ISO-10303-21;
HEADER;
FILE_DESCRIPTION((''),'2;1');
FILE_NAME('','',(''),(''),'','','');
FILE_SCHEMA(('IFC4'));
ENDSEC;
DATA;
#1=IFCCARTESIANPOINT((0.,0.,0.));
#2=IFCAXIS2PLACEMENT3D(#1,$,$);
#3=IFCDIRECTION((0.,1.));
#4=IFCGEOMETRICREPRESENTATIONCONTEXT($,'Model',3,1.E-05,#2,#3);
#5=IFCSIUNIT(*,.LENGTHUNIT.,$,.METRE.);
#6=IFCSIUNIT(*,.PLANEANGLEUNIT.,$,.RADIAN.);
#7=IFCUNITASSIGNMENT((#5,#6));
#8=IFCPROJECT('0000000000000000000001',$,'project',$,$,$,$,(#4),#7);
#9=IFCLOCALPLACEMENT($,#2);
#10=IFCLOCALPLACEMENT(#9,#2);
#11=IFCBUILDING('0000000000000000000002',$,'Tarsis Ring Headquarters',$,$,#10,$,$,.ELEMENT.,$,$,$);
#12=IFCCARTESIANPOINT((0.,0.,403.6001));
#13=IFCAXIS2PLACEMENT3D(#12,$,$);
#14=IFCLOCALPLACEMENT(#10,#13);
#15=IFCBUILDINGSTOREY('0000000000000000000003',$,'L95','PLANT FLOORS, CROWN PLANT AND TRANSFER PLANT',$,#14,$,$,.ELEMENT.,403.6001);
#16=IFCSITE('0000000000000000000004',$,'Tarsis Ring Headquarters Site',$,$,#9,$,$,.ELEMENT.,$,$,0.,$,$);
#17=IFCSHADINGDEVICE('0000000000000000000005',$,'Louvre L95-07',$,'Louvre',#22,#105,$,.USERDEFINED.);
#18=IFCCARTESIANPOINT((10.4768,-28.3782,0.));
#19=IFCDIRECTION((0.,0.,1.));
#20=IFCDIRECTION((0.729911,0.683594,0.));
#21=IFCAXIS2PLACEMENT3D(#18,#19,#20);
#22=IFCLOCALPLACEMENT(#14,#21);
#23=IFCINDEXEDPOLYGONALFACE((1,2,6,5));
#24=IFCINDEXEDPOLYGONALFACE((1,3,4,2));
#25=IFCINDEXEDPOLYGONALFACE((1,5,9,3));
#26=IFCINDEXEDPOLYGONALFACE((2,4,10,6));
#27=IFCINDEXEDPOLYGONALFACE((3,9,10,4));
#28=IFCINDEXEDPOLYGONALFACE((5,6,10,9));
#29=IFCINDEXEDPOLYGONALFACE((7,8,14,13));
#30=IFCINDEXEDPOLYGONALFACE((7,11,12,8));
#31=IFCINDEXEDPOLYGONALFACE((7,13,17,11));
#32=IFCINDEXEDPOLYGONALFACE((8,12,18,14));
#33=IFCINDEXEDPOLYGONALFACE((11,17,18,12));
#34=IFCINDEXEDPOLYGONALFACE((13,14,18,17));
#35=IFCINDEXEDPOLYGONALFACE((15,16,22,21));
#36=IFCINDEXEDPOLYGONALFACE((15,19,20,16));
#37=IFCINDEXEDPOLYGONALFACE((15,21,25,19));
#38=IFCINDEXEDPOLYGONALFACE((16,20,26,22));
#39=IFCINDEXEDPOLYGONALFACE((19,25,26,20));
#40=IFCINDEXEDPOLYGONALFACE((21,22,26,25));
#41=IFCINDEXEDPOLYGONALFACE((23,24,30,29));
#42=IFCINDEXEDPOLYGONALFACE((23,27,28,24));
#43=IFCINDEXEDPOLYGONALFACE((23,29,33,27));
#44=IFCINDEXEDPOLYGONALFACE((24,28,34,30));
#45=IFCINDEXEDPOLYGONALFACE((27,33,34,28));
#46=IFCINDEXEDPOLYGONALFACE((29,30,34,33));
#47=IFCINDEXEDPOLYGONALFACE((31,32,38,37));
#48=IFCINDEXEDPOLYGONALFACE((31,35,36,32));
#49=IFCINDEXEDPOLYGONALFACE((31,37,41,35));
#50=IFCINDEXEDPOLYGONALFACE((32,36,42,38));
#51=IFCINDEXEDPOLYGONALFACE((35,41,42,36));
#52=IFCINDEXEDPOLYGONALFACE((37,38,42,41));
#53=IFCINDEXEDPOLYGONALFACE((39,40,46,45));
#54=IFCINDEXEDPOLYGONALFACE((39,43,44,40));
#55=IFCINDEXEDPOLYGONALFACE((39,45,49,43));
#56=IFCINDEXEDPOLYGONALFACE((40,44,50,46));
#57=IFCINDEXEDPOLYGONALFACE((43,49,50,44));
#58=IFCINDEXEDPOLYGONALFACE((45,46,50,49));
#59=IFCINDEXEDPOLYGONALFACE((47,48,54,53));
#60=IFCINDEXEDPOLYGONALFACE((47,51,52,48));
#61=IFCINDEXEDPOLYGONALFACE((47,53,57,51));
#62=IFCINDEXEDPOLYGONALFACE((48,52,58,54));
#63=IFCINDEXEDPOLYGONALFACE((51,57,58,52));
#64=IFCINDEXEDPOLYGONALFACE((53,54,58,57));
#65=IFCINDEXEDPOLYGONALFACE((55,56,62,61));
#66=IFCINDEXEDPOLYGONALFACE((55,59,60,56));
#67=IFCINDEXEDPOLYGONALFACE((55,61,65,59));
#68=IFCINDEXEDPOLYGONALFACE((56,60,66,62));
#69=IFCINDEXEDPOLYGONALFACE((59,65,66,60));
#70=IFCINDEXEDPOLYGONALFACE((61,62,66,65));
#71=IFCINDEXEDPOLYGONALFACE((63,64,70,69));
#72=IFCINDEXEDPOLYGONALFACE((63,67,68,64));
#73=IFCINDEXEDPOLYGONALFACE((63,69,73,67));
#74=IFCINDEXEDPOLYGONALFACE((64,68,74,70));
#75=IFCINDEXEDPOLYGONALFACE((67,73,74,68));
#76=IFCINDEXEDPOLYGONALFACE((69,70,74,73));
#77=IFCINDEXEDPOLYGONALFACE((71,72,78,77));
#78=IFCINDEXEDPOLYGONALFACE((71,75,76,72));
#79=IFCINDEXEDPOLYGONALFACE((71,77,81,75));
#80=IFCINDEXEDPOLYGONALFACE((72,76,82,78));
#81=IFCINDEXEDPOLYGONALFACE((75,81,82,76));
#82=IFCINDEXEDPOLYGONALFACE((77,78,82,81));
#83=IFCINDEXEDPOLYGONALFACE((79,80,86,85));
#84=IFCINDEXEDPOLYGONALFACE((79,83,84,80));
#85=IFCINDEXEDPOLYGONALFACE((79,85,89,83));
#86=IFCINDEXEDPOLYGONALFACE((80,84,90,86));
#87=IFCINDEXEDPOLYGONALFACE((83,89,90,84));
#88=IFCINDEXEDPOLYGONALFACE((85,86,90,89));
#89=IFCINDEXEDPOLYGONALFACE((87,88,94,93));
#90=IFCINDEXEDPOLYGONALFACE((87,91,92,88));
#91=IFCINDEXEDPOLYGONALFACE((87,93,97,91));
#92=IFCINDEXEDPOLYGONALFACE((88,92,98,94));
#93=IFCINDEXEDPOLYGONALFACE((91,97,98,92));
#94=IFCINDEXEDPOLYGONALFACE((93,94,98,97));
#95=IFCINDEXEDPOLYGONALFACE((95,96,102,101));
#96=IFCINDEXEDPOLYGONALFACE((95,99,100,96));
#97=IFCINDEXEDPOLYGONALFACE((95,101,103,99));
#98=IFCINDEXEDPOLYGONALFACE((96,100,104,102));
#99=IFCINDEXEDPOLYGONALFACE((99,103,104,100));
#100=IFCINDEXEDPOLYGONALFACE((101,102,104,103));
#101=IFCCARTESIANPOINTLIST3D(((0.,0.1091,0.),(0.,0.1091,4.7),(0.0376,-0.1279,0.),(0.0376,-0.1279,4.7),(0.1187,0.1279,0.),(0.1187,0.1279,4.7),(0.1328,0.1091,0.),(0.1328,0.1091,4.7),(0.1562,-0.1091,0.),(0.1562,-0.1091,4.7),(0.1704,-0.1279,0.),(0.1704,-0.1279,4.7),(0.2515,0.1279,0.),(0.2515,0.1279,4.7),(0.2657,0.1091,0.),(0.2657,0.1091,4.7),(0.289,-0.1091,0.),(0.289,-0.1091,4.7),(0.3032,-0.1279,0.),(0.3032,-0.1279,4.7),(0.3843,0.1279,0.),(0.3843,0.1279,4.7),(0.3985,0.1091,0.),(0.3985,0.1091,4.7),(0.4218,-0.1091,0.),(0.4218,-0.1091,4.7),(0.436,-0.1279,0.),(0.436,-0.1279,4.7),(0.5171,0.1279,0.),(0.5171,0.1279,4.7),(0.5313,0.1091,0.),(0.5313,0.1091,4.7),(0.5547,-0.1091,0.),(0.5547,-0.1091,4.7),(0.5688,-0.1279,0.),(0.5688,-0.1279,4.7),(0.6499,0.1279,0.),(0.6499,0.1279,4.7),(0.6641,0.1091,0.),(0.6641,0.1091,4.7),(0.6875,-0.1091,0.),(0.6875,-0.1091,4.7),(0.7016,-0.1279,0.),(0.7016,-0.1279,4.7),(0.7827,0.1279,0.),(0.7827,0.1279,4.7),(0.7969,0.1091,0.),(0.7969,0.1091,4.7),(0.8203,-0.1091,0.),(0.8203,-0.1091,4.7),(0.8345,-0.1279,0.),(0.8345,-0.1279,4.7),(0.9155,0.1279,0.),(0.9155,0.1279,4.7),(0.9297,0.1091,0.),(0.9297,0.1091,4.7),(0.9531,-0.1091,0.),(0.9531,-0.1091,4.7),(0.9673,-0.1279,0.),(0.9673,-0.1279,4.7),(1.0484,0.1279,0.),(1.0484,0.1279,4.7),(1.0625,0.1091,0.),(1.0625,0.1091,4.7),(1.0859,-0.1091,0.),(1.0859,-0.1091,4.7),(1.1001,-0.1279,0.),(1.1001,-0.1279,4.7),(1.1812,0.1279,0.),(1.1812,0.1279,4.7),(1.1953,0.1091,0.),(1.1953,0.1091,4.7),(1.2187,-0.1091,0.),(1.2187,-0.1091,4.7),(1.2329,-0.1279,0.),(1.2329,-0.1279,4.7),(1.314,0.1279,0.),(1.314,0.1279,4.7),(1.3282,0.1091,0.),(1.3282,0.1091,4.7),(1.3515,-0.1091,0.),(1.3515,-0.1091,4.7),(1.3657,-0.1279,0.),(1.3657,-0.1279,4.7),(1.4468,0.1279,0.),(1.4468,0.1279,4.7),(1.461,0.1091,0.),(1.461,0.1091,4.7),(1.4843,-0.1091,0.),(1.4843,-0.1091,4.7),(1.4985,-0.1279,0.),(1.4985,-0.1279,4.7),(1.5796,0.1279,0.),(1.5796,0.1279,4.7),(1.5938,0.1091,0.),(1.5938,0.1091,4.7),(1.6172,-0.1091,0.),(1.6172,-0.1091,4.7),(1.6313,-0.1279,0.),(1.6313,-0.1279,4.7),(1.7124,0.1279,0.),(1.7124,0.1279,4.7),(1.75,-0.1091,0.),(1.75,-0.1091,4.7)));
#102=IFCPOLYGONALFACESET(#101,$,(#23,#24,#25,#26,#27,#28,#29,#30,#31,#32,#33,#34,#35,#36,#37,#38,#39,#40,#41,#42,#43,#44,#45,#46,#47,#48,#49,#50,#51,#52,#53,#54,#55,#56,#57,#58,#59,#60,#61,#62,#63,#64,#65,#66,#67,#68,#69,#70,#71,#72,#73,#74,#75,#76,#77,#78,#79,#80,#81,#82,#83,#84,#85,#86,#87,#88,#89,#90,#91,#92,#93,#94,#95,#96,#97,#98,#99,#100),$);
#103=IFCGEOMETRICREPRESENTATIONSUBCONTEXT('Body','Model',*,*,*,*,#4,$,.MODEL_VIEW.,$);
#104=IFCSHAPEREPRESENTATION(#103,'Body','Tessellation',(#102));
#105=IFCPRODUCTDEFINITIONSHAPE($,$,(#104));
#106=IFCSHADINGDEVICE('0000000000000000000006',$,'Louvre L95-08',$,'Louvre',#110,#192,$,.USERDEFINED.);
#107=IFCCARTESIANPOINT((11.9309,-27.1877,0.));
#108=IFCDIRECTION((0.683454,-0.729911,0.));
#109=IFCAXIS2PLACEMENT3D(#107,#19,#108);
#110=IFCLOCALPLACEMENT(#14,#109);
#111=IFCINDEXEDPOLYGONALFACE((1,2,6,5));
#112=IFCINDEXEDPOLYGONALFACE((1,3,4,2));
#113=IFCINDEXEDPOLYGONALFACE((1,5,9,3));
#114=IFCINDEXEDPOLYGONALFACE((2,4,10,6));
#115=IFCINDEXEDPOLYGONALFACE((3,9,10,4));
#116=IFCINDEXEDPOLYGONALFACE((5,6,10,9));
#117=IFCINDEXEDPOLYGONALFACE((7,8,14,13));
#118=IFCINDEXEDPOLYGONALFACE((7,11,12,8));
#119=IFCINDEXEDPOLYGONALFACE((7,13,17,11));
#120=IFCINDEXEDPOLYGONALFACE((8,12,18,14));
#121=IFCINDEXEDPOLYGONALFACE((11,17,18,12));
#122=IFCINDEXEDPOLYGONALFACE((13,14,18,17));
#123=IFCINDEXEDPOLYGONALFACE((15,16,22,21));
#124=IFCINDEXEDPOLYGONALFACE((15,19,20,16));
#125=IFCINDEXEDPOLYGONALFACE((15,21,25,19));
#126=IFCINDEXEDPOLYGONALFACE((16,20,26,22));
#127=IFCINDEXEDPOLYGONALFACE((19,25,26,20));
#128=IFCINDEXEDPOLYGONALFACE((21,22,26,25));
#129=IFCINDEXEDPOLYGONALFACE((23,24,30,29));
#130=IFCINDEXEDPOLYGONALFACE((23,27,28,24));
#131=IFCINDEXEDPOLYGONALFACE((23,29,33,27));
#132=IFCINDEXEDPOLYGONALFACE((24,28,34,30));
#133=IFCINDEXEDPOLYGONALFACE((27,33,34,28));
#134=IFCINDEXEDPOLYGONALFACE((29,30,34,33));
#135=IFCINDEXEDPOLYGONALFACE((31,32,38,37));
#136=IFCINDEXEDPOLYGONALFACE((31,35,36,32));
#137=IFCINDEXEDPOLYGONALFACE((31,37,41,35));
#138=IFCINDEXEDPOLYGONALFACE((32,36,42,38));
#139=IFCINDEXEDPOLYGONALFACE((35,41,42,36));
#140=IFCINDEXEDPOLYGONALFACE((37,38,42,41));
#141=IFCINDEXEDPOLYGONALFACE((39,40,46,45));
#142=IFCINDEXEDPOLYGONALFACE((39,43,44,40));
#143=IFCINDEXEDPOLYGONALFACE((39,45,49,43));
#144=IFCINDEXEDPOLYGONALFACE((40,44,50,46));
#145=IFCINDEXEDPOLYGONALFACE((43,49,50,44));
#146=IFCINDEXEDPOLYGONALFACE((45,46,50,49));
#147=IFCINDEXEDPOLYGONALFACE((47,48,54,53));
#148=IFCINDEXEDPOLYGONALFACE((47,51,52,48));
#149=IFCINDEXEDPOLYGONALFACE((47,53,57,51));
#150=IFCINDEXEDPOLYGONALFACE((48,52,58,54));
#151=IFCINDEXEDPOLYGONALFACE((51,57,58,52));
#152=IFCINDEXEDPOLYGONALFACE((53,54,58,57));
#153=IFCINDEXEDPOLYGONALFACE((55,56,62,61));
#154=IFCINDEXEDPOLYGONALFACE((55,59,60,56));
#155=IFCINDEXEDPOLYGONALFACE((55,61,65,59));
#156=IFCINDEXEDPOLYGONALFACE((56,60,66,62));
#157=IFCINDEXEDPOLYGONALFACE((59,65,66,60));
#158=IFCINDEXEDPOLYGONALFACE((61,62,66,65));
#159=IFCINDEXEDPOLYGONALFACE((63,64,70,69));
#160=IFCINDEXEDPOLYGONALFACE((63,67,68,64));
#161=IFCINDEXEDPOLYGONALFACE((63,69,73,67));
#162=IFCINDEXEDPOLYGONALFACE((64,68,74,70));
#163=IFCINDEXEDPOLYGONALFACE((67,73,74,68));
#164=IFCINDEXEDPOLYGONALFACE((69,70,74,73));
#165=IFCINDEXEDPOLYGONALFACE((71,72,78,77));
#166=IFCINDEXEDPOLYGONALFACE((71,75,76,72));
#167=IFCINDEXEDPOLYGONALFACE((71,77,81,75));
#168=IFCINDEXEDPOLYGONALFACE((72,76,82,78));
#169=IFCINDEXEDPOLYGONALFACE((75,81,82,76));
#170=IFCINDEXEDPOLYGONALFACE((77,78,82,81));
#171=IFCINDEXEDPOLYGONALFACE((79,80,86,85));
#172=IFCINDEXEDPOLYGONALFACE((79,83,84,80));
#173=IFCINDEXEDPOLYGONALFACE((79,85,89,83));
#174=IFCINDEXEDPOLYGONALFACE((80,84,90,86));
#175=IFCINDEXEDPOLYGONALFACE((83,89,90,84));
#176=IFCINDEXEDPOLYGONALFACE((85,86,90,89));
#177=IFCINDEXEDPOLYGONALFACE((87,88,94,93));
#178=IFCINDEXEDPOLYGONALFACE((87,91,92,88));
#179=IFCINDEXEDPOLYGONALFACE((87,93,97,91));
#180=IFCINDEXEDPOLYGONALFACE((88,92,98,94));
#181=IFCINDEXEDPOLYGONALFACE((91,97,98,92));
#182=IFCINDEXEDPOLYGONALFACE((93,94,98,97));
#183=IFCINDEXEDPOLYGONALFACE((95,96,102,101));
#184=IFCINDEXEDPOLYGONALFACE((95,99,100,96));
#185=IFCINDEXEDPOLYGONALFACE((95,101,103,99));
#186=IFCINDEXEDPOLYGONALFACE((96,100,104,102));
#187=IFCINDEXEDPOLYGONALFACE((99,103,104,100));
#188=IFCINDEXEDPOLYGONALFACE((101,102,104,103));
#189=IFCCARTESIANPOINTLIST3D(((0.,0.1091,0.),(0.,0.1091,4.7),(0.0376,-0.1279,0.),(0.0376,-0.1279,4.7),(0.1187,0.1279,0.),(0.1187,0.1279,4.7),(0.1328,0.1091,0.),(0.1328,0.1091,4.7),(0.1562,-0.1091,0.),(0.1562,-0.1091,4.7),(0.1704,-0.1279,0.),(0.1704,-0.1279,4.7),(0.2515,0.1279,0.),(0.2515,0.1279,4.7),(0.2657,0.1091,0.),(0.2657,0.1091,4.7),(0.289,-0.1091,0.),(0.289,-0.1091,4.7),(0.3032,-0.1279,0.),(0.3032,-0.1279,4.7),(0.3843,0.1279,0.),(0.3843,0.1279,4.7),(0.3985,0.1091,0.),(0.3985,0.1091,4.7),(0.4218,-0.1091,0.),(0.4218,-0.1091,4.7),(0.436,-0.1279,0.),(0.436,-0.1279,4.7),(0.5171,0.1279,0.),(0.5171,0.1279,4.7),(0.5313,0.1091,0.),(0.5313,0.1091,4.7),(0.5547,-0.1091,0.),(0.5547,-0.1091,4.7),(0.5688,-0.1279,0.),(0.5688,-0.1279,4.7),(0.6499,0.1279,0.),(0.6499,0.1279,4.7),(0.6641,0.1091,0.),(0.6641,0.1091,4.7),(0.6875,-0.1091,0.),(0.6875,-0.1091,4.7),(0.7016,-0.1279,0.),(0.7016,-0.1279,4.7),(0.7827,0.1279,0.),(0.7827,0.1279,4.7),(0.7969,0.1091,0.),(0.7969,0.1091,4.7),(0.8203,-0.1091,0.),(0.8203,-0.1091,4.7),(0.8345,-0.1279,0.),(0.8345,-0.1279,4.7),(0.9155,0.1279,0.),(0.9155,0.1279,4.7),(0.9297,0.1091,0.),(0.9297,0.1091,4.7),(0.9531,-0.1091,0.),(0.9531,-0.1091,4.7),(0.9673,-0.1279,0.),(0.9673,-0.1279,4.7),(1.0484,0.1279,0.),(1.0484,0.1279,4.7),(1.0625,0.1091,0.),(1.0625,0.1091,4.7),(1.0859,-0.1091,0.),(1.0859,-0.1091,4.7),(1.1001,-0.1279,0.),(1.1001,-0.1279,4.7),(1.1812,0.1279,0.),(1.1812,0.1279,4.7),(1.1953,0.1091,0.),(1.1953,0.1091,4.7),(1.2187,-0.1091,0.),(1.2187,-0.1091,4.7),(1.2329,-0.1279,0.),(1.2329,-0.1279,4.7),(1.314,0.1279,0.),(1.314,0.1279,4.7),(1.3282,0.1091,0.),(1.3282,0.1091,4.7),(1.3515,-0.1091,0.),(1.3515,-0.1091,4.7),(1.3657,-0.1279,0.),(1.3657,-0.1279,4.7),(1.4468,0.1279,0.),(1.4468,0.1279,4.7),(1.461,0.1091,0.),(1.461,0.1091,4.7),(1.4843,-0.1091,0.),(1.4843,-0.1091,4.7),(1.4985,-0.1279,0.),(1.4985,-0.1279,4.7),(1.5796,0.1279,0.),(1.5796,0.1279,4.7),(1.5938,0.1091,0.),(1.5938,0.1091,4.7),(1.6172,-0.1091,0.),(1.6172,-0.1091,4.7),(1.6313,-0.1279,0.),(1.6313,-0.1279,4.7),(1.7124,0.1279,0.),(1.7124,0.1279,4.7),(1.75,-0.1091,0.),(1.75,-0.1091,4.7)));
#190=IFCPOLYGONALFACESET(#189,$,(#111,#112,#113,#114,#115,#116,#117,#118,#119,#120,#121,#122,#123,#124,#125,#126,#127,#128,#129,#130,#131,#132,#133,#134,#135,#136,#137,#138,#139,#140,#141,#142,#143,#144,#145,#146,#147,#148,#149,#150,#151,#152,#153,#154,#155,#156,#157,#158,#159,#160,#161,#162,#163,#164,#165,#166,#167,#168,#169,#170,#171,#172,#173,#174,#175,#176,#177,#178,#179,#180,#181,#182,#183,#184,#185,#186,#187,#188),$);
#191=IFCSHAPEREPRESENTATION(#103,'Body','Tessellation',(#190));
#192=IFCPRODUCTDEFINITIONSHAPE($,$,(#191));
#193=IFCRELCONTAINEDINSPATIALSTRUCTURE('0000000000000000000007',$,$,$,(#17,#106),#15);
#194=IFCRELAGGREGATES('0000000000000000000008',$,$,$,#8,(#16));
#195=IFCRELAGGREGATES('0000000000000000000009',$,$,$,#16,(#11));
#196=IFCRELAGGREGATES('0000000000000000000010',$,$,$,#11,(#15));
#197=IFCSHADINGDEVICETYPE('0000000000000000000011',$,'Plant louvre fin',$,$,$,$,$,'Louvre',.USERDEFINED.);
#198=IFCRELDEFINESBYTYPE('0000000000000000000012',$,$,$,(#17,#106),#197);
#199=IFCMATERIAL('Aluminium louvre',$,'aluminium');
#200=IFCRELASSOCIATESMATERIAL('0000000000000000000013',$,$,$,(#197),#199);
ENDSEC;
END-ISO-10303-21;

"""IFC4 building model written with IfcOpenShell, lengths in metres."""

from ifc_helpers import new_model, si_unit, direction, frame, frame_2d, origin, place, context, subcontext, project, spatial, rectangle, composite_profile, extrude, material, type_object, element, save


model = new_model("IFC4")

# Units and contexts
model_context = context("Model", 3, precision=1e-05, world=origin(), true_north=direction((0.0, 1.0)))
body_context = subcontext(model_context, "Body", "Model", "MODEL_VIEW")
ifc_project = project(units=[si_unit("LENGTHUNIT", "METRE"), si_unit("PLANEANGLEUNIT", "RADIAN")], contexts=[model_context])

# Site, building, storey
site_placement = place(None, origin())
site = spatial("IfcSite", under=ifc_project, at=site_placement, Name="Tarsis Ring Headquarters Site", CompositionType="ELEMENT", RefElevation=0.0)
building_placement = place(site_placement, origin())
building = spatial("IfcBuilding", under=site, at=building_placement, Name="Tarsis Ring Headquarters", CompositionType="ELEMENT")
storey_placement = place(building_placement, frame((0.0, 0.0, 403.6001)))
storey = spatial("IfcBuildingStorey", under=building, at=storey_placement, Name="L95", Description="PLANT FLOORS, CROWN PLANT AND TRANSFER PLANT", CompositionType="ELEMENT", Elevation=403.6001)

# Shading devices
ifc_material_1 = material(Name="Aluminium louvre", Category="aluminium")
shading_device_type_1 = type_object("IfcShadingDeviceType", Name="Plant louvre fin", ElementType="Louvre", PredefinedType="USERDEFINED", material=ifc_material_1)
for number, where, z_axis, x_axis, name in (
    (1, (10.4768, -28.3782, 0.0), (0.0, 0.0, 1.0), (0.729911, 0.683594, 0.0), "Louvre L95-07"),
    (2, (11.9309, -27.1877, 0.0), (0.0, 0.0, 1.0), (0.683454, -0.729911, 0.0), "Louvre L95-08"),
):
    element("IfcShadingDevice", number, at=place(storey_placement, frame(where, z_axis=z_axis, x_axis=x_axis)), inside=storey, type_object=shading_device_type_1, Name=name, ObjectType="Louvre", PredefinedType="USERDEFINED", context=body_context, shape_type="SweptSolid", body=[
        extrude(composite_profile([rectangle(XDim=0.1201, YDim=0.24, at=frame_2d((0.0781, 0.0), x_axis=(0.987688, 0.156434))), rectangle(XDim=0.1201, YDim=0.24, at=frame_2d((0.2109, 0.0), x_axis=(0.987688, 0.156434))), rectangle(XDim=0.1201, YDim=0.24, at=frame_2d((0.3438, 0.0), x_axis=(0.987688, 0.156434))), rectangle(XDim=0.1201, YDim=0.24, at=frame_2d((0.4766, 0.0), x_axis=(0.987688, 0.156434))), rectangle(XDim=0.1201, YDim=0.24, at=frame_2d((0.6094, 0.0), x_axis=(0.987688, 0.156434))), rectangle(XDim=0.1201, YDim=0.24, at=frame_2d((0.7422, 0.0), x_axis=(0.987688, 0.156434))), rectangle(XDim=0.1201, YDim=0.24, at=frame_2d((0.875, 0.0), x_axis=(0.987688, 0.156434))), rectangle(XDim=0.1201, YDim=0.24, at=frame_2d((1.0078, 0.0), x_axis=(0.987688, 0.156434))), rectangle(XDim=0.1201, YDim=0.24, at=frame_2d((1.1406, 0.0), x_axis=(0.987688, 0.156434))), rectangle(XDim=0.1201, YDim=0.24, at=frame_2d((1.2734, 0.0), x_axis=(0.987688, 0.156434))), rectangle(XDim=0.1201, YDim=0.24, at=frame_2d((1.4062, 0.0), x_axis=(0.987688, 0.156434))), rectangle(XDim=0.1201, YDim=0.24, at=frame_2d((1.5391, 0.0), x_axis=(0.987688, 0.156434))), rectangle(XDim=0.1201, YDim=0.24, at=frame_2d((1.6719, 0.0), x_axis=(0.987688, 0.156434)))]), origin(), (0.0, 0.0, 1.0), 4.7),
    ])

save(model, "model.ifc")
